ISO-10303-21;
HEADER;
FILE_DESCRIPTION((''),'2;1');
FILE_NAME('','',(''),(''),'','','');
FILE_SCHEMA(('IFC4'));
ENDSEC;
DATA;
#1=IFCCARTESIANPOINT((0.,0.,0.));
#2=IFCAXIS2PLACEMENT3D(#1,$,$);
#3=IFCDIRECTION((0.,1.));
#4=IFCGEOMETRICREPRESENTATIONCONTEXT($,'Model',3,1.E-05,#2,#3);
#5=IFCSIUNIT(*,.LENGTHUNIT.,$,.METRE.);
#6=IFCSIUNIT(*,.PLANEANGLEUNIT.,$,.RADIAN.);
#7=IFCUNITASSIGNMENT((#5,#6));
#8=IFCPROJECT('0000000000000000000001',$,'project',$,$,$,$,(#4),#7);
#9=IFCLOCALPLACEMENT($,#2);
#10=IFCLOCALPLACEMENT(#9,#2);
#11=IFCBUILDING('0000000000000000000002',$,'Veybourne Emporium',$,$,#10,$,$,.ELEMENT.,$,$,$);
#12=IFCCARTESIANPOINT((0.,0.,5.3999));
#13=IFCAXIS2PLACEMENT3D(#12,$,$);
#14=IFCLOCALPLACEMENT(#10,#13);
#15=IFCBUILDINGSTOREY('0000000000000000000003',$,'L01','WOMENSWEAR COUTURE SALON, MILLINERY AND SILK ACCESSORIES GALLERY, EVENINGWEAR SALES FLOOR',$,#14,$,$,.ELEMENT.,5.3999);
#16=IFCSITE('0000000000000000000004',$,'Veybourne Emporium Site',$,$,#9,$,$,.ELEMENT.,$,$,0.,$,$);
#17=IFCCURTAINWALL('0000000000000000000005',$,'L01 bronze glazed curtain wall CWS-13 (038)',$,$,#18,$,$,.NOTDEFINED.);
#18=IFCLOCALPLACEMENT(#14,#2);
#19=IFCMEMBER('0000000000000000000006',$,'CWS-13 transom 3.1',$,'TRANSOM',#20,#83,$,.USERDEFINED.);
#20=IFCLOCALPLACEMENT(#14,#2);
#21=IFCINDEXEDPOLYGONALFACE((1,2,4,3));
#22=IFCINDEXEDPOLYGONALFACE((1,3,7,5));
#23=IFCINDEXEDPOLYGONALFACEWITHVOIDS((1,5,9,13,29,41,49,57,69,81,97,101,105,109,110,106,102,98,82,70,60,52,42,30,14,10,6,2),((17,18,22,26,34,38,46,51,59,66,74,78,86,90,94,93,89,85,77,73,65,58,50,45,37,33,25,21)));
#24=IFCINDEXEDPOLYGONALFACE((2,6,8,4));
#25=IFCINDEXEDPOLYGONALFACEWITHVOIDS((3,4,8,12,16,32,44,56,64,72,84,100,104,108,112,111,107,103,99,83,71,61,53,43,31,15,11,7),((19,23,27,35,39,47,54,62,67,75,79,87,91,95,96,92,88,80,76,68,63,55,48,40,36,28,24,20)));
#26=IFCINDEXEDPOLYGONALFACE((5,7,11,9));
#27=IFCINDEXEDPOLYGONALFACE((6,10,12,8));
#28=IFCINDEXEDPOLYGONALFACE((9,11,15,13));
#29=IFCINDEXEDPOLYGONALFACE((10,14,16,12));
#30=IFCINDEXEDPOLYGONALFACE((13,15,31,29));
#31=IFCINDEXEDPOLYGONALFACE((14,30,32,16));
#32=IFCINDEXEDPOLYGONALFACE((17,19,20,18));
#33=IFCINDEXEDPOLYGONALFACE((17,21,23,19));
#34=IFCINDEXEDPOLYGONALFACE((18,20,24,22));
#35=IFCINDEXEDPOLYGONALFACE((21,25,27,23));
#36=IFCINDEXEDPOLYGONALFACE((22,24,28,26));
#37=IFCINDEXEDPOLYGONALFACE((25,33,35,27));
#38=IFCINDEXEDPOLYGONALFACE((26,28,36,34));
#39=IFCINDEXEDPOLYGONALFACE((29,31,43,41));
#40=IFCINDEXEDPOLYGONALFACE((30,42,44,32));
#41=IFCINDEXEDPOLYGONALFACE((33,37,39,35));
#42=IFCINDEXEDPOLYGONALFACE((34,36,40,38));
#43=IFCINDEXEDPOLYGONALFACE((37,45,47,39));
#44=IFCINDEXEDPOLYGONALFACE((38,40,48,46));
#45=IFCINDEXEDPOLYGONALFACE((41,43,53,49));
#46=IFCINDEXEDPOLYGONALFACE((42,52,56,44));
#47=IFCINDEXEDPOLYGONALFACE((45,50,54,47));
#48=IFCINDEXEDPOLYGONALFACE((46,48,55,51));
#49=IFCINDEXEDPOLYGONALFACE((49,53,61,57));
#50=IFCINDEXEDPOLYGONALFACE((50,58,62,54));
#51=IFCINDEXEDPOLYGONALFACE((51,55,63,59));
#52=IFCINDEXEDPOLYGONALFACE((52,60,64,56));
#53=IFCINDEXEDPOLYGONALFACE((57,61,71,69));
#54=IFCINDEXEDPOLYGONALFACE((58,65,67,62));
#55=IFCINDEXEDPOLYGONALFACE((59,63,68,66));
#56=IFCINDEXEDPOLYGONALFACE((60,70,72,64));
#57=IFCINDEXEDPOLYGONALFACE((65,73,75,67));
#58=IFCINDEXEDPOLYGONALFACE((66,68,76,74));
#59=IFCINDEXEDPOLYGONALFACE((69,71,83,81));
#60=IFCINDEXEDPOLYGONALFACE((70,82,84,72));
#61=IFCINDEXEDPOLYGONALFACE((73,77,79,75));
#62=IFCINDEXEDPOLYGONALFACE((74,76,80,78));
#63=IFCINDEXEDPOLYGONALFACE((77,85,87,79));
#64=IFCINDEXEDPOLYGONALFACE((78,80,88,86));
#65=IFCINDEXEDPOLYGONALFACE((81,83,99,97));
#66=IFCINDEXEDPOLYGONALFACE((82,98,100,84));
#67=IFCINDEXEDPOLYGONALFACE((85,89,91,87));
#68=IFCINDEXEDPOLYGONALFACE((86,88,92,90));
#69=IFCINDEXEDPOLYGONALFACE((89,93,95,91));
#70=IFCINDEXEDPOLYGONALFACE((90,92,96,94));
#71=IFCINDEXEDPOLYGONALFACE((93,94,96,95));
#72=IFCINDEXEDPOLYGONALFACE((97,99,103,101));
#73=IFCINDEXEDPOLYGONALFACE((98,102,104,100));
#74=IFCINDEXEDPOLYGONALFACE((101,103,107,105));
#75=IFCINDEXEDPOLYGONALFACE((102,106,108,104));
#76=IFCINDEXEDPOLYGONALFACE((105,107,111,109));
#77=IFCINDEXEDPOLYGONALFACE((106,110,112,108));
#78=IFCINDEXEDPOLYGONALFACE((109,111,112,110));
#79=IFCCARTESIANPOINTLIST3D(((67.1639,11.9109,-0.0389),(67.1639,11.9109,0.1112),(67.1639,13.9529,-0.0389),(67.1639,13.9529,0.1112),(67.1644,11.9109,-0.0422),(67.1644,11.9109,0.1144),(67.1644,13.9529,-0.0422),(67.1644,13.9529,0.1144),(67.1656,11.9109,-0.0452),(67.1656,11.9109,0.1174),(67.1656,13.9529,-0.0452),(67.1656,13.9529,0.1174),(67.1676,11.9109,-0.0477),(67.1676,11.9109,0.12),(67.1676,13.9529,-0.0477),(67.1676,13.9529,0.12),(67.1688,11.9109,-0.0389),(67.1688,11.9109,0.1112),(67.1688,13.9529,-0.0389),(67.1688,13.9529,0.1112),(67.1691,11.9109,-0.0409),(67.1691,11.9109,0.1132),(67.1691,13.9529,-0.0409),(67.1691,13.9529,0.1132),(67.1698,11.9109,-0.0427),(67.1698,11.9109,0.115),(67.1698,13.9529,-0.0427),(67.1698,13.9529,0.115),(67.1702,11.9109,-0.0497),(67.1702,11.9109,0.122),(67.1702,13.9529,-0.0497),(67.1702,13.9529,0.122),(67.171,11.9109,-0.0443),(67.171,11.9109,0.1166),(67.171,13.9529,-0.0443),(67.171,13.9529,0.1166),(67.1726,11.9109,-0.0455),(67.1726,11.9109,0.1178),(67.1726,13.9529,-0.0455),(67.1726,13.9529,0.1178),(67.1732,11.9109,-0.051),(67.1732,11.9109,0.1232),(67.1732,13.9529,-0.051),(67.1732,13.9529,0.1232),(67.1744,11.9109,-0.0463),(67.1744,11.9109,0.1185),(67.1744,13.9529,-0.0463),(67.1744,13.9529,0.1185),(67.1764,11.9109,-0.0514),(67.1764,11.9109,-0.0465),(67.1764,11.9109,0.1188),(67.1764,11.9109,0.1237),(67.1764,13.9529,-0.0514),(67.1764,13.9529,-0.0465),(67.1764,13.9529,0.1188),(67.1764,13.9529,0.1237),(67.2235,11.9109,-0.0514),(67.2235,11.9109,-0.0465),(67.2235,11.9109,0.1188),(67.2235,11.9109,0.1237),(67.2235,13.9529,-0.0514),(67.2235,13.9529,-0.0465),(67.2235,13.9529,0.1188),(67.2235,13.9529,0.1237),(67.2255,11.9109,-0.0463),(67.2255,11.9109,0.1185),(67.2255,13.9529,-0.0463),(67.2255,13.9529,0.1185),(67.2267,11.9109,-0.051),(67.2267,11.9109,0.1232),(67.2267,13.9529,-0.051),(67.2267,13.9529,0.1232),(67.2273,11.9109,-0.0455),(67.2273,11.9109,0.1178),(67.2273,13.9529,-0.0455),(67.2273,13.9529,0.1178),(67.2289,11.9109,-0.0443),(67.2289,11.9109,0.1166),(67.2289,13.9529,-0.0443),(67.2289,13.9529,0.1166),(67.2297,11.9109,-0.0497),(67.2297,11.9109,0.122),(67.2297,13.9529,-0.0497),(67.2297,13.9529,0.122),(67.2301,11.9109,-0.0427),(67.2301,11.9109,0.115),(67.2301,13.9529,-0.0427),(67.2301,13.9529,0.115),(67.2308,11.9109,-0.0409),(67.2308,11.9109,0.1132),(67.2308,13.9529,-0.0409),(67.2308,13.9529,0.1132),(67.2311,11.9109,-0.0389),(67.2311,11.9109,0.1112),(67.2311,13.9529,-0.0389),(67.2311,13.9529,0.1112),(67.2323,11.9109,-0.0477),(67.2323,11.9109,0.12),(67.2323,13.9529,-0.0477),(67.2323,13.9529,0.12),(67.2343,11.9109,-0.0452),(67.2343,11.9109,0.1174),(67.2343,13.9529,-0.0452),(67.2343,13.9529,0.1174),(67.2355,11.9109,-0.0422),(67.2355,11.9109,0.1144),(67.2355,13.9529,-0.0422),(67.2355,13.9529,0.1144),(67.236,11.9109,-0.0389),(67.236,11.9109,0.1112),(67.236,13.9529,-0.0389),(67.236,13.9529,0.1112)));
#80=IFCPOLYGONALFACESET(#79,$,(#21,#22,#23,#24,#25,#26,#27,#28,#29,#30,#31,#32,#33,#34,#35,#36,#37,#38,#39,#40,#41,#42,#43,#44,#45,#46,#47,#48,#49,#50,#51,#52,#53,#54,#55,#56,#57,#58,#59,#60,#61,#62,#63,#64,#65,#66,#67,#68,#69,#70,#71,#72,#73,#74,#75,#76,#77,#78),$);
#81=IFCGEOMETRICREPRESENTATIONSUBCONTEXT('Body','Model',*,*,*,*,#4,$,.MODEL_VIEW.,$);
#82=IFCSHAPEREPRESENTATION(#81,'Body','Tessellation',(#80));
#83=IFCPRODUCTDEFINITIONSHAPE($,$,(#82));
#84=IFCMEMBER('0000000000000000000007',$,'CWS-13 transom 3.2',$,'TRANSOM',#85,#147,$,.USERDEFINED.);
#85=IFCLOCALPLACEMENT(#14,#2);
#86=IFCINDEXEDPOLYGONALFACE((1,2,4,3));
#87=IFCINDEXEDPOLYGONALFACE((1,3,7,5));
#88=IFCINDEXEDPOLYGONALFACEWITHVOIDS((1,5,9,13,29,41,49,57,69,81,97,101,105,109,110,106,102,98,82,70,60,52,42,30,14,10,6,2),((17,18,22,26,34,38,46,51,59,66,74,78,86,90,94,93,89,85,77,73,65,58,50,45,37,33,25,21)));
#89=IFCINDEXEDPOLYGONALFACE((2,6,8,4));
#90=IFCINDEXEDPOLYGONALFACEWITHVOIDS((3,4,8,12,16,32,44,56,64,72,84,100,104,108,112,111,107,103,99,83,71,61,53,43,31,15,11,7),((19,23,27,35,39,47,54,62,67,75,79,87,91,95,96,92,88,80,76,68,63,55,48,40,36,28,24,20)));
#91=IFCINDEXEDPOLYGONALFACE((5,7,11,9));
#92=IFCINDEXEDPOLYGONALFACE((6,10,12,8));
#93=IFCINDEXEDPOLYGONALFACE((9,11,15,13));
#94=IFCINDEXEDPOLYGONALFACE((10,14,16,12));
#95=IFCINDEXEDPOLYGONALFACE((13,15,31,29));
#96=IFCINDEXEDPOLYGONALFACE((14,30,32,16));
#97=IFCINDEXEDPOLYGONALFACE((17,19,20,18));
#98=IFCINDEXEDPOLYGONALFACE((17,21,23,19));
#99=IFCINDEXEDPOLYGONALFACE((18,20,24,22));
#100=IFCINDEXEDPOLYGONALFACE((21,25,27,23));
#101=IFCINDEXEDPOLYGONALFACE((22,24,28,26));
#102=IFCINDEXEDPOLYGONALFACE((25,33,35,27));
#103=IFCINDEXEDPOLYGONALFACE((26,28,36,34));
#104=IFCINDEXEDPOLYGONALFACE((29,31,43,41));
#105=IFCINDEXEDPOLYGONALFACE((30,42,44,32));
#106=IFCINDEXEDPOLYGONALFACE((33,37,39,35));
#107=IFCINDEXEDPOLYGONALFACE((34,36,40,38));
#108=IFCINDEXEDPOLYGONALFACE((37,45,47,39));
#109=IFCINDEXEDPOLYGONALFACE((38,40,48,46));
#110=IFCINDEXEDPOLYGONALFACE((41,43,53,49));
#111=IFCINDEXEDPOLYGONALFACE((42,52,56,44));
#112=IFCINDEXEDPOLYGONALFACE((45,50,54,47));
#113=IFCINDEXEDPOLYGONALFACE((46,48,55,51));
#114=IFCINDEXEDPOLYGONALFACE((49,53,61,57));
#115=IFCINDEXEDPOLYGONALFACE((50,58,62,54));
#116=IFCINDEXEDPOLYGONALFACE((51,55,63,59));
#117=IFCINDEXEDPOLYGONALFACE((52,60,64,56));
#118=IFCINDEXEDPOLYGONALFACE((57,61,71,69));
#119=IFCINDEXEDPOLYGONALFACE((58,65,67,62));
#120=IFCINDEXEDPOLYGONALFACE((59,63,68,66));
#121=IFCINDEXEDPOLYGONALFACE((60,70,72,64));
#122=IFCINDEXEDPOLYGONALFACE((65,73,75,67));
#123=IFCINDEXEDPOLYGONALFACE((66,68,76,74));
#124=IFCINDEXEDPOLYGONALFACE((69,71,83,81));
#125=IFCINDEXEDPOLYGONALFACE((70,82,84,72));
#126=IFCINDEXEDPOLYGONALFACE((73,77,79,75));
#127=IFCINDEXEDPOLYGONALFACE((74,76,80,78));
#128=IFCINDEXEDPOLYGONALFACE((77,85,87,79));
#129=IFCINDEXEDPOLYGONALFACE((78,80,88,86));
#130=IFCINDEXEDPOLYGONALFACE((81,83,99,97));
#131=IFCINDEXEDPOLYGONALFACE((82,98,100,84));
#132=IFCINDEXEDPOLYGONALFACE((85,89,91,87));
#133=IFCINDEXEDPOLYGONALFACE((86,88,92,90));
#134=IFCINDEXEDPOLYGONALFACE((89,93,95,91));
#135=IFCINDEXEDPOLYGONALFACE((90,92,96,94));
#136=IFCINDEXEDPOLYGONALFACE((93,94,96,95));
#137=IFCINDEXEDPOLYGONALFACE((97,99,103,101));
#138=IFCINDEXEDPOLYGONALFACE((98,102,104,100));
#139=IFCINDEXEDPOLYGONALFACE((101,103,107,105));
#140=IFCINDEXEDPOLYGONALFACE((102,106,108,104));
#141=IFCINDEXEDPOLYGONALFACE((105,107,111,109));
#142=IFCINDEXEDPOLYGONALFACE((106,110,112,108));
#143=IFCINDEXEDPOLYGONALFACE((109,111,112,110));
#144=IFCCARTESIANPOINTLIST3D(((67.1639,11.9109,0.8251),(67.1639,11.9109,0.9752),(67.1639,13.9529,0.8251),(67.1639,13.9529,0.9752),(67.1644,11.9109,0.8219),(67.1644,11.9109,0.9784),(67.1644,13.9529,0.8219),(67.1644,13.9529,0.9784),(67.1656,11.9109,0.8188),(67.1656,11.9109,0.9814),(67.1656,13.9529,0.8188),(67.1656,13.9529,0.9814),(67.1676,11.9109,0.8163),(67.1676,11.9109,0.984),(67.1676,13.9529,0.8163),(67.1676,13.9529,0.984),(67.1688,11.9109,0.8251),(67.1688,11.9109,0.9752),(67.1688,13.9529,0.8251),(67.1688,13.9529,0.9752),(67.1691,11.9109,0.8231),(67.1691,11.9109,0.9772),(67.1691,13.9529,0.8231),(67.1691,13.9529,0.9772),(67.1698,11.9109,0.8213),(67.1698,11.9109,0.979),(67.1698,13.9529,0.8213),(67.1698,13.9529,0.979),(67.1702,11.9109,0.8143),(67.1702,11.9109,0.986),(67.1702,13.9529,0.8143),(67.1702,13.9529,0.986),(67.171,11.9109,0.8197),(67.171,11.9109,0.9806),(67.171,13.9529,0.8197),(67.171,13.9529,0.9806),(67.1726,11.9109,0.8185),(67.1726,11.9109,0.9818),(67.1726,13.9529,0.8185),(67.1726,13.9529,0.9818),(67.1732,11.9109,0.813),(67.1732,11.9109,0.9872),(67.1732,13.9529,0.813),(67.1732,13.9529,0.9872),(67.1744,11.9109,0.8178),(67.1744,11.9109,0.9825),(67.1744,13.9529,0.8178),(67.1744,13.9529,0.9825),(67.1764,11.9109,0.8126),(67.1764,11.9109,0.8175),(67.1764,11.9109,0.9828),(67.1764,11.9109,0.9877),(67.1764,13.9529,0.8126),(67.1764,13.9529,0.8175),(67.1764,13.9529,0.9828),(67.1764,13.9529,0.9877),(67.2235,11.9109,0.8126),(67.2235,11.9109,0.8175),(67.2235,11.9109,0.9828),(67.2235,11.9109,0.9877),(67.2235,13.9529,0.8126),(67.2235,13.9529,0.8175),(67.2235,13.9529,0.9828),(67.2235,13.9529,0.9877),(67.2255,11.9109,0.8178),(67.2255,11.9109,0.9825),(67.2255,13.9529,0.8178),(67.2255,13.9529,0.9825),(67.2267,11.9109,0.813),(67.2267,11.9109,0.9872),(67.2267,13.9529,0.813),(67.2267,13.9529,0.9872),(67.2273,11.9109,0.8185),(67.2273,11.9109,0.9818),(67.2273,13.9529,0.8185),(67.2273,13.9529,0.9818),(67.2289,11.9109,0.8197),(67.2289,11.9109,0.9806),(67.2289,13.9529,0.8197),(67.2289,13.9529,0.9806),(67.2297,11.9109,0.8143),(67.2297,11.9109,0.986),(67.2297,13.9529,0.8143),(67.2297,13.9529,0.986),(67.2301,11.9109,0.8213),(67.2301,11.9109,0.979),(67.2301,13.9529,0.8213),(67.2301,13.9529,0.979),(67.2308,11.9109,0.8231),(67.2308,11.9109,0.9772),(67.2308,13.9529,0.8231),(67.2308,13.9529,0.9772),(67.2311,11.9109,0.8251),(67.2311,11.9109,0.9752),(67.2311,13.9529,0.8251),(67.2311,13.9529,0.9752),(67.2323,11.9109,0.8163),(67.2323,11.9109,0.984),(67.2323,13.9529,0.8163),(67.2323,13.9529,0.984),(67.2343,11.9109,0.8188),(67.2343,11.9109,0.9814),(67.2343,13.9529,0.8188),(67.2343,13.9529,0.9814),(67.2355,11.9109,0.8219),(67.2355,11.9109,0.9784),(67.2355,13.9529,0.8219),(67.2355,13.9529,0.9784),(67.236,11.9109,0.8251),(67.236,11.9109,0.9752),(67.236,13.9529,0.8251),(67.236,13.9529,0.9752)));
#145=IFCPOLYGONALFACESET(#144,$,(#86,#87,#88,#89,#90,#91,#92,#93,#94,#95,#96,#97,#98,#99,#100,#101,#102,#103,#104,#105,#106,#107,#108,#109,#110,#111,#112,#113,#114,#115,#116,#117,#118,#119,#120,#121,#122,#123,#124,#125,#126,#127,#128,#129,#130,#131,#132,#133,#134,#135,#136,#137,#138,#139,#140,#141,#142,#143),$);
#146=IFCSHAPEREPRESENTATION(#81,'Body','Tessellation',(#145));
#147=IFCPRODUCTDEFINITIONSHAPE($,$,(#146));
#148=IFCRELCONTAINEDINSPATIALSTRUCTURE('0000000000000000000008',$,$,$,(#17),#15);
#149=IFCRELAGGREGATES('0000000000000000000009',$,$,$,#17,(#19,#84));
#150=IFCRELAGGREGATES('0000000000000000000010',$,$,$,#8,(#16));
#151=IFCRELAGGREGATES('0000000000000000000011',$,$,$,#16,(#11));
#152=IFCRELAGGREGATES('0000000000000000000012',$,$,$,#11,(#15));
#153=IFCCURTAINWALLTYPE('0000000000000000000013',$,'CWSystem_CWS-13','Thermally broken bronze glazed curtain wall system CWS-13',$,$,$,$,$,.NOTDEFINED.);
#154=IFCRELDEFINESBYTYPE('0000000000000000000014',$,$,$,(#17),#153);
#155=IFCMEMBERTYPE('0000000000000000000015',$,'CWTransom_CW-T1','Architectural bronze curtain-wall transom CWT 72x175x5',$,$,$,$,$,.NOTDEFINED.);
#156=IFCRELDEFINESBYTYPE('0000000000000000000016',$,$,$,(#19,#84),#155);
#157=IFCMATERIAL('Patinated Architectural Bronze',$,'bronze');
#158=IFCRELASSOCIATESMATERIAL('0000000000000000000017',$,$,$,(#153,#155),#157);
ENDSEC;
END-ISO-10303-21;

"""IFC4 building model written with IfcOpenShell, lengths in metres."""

from ifc_helpers import new_model, si_unit, direction, frame, origin, origin_2d, place, context, subcontext, project, spatial, hollow_rectangle, extrude, material, material_profile, profile_set, type_object, element, aggregate, save


model = new_model("IFC4")

# Units and contexts
model_context = context("Model", 3, precision=1e-05, world=origin(), true_north=direction((0.0, 1.0)))
body_context = subcontext(model_context, "Body", "Model", "MODEL_VIEW")
ifc_project = project(units=[si_unit("LENGTHUNIT", "METRE"), si_unit("PLANEANGLEUNIT", "RADIAN")], contexts=[model_context])

# Site, building, storey
site_placement = place(None, origin())
site = spatial("IfcSite", under=ifc_project, at=site_placement, Name="Veybourne Emporium Site", CompositionType="ELEMENT", RefElevation=0.0)
building_placement = place(site_placement, origin())
building = spatial("IfcBuilding", under=site, at=building_placement, Name="Veybourne Emporium", CompositionType="ELEMENT")
storey_placement = place(building_placement, frame((0.0, 0.0, 5.3999)))
storey = spatial("IfcBuildingStorey", under=building, at=storey_placement, Name="L01", Description="WOMENSWEAR COUTURE SALON, MILLINERY AND SILK ACCESSORIES GALLERY, EVENINGWEAR SALES FLOOR", CompositionType="ELEMENT", Elevation=5.3999)

# Curtain wall
ifc_material_1 = material(Name="Patinated Architectural Bronze", Category="bronze")
curtain_wall_type_1 = type_object("IfcCurtainWallType", Name="CWSystem_CWS-13", Description="Thermally broken bronze glazed curtain wall system CWS-13", PredefinedType="NOTDEFINED", material=ifc_material_1)
curtain_wall_1_placement = place(storey_placement, origin())
curtain_wall_1 = element("IfcCurtainWall", 1, at=curtain_wall_1_placement, inside=storey, type_object=curtain_wall_type_1, Name="L01 bronze glazed curtain wall CWS-13 (038)", PredefinedType="NOTDEFINED")

# Members
ifc_material_profile_1 = material_profile(ifc_material_1, hollow_rectangle(XDim=0.072, YDim=0.175, WallThickness=0.0049, InnerFilletRadius=0.0076, OuterFilletRadius=0.0125, at=origin_2d()), Name="CWT 72x175x5")
ifc_profile_set_1 = profile_set([ifc_material_profile_1], Name="Patinated Architectural Bronze")
member_type_1 = type_object("IfcMemberType", Name="CWTransom_CW-T1", Description="Architectural bronze curtain-wall transom CWT 72x175x5", PredefinedType="NOTDEFINED", material=ifc_profile_set_1)
member_1_placement = place(storey_placement, frame((67.2, 11.9109, 0.0361), z_axis=(0.0, 1.0, 0.0), x_axis=(-1.0, 0.0, 0.0)))
member_1 = element("IfcMember", 2, at=member_1_placement, type_object=member_type_1, Name="CWS-13 transom 3.1", ObjectType="TRANSOM", PredefinedType="USERDEFINED", context=body_context, shape_type="SweptSolid", body=[
    extrude(hollow_rectangle(XDim=0.072, YDim=0.175, WallThickness=0.0049, InnerFilletRadius=0.0076, OuterFilletRadius=0.0125, at=origin_2d()), origin(), (0.0, 0.0, 1.0), 2.042),
])
member_2_placement = place(storey_placement, frame((67.2, 11.9109, 0.9001), z_axis=(0.0, 1.0, 0.0), x_axis=(-1.0, 0.0, 0.0)))
member_2 = element("IfcMember", 3, at=member_2_placement, type_object=member_type_1, Name="CWS-13 transom 3.2", ObjectType="TRANSOM", PredefinedType="USERDEFINED", context=body_context, shape_type="SweptSolid", body=[
    extrude(hollow_rectangle(XDim=0.072, YDim=0.175, WallThickness=0.0049, InnerFilletRadius=0.0076, OuterFilletRadius=0.0125, at=origin_2d()), origin(), (0.0, 0.0, 1.0), 2.042),
])

aggregate(curtain_wall_1, [member_1, member_2])

save(model, "model.ifc")
